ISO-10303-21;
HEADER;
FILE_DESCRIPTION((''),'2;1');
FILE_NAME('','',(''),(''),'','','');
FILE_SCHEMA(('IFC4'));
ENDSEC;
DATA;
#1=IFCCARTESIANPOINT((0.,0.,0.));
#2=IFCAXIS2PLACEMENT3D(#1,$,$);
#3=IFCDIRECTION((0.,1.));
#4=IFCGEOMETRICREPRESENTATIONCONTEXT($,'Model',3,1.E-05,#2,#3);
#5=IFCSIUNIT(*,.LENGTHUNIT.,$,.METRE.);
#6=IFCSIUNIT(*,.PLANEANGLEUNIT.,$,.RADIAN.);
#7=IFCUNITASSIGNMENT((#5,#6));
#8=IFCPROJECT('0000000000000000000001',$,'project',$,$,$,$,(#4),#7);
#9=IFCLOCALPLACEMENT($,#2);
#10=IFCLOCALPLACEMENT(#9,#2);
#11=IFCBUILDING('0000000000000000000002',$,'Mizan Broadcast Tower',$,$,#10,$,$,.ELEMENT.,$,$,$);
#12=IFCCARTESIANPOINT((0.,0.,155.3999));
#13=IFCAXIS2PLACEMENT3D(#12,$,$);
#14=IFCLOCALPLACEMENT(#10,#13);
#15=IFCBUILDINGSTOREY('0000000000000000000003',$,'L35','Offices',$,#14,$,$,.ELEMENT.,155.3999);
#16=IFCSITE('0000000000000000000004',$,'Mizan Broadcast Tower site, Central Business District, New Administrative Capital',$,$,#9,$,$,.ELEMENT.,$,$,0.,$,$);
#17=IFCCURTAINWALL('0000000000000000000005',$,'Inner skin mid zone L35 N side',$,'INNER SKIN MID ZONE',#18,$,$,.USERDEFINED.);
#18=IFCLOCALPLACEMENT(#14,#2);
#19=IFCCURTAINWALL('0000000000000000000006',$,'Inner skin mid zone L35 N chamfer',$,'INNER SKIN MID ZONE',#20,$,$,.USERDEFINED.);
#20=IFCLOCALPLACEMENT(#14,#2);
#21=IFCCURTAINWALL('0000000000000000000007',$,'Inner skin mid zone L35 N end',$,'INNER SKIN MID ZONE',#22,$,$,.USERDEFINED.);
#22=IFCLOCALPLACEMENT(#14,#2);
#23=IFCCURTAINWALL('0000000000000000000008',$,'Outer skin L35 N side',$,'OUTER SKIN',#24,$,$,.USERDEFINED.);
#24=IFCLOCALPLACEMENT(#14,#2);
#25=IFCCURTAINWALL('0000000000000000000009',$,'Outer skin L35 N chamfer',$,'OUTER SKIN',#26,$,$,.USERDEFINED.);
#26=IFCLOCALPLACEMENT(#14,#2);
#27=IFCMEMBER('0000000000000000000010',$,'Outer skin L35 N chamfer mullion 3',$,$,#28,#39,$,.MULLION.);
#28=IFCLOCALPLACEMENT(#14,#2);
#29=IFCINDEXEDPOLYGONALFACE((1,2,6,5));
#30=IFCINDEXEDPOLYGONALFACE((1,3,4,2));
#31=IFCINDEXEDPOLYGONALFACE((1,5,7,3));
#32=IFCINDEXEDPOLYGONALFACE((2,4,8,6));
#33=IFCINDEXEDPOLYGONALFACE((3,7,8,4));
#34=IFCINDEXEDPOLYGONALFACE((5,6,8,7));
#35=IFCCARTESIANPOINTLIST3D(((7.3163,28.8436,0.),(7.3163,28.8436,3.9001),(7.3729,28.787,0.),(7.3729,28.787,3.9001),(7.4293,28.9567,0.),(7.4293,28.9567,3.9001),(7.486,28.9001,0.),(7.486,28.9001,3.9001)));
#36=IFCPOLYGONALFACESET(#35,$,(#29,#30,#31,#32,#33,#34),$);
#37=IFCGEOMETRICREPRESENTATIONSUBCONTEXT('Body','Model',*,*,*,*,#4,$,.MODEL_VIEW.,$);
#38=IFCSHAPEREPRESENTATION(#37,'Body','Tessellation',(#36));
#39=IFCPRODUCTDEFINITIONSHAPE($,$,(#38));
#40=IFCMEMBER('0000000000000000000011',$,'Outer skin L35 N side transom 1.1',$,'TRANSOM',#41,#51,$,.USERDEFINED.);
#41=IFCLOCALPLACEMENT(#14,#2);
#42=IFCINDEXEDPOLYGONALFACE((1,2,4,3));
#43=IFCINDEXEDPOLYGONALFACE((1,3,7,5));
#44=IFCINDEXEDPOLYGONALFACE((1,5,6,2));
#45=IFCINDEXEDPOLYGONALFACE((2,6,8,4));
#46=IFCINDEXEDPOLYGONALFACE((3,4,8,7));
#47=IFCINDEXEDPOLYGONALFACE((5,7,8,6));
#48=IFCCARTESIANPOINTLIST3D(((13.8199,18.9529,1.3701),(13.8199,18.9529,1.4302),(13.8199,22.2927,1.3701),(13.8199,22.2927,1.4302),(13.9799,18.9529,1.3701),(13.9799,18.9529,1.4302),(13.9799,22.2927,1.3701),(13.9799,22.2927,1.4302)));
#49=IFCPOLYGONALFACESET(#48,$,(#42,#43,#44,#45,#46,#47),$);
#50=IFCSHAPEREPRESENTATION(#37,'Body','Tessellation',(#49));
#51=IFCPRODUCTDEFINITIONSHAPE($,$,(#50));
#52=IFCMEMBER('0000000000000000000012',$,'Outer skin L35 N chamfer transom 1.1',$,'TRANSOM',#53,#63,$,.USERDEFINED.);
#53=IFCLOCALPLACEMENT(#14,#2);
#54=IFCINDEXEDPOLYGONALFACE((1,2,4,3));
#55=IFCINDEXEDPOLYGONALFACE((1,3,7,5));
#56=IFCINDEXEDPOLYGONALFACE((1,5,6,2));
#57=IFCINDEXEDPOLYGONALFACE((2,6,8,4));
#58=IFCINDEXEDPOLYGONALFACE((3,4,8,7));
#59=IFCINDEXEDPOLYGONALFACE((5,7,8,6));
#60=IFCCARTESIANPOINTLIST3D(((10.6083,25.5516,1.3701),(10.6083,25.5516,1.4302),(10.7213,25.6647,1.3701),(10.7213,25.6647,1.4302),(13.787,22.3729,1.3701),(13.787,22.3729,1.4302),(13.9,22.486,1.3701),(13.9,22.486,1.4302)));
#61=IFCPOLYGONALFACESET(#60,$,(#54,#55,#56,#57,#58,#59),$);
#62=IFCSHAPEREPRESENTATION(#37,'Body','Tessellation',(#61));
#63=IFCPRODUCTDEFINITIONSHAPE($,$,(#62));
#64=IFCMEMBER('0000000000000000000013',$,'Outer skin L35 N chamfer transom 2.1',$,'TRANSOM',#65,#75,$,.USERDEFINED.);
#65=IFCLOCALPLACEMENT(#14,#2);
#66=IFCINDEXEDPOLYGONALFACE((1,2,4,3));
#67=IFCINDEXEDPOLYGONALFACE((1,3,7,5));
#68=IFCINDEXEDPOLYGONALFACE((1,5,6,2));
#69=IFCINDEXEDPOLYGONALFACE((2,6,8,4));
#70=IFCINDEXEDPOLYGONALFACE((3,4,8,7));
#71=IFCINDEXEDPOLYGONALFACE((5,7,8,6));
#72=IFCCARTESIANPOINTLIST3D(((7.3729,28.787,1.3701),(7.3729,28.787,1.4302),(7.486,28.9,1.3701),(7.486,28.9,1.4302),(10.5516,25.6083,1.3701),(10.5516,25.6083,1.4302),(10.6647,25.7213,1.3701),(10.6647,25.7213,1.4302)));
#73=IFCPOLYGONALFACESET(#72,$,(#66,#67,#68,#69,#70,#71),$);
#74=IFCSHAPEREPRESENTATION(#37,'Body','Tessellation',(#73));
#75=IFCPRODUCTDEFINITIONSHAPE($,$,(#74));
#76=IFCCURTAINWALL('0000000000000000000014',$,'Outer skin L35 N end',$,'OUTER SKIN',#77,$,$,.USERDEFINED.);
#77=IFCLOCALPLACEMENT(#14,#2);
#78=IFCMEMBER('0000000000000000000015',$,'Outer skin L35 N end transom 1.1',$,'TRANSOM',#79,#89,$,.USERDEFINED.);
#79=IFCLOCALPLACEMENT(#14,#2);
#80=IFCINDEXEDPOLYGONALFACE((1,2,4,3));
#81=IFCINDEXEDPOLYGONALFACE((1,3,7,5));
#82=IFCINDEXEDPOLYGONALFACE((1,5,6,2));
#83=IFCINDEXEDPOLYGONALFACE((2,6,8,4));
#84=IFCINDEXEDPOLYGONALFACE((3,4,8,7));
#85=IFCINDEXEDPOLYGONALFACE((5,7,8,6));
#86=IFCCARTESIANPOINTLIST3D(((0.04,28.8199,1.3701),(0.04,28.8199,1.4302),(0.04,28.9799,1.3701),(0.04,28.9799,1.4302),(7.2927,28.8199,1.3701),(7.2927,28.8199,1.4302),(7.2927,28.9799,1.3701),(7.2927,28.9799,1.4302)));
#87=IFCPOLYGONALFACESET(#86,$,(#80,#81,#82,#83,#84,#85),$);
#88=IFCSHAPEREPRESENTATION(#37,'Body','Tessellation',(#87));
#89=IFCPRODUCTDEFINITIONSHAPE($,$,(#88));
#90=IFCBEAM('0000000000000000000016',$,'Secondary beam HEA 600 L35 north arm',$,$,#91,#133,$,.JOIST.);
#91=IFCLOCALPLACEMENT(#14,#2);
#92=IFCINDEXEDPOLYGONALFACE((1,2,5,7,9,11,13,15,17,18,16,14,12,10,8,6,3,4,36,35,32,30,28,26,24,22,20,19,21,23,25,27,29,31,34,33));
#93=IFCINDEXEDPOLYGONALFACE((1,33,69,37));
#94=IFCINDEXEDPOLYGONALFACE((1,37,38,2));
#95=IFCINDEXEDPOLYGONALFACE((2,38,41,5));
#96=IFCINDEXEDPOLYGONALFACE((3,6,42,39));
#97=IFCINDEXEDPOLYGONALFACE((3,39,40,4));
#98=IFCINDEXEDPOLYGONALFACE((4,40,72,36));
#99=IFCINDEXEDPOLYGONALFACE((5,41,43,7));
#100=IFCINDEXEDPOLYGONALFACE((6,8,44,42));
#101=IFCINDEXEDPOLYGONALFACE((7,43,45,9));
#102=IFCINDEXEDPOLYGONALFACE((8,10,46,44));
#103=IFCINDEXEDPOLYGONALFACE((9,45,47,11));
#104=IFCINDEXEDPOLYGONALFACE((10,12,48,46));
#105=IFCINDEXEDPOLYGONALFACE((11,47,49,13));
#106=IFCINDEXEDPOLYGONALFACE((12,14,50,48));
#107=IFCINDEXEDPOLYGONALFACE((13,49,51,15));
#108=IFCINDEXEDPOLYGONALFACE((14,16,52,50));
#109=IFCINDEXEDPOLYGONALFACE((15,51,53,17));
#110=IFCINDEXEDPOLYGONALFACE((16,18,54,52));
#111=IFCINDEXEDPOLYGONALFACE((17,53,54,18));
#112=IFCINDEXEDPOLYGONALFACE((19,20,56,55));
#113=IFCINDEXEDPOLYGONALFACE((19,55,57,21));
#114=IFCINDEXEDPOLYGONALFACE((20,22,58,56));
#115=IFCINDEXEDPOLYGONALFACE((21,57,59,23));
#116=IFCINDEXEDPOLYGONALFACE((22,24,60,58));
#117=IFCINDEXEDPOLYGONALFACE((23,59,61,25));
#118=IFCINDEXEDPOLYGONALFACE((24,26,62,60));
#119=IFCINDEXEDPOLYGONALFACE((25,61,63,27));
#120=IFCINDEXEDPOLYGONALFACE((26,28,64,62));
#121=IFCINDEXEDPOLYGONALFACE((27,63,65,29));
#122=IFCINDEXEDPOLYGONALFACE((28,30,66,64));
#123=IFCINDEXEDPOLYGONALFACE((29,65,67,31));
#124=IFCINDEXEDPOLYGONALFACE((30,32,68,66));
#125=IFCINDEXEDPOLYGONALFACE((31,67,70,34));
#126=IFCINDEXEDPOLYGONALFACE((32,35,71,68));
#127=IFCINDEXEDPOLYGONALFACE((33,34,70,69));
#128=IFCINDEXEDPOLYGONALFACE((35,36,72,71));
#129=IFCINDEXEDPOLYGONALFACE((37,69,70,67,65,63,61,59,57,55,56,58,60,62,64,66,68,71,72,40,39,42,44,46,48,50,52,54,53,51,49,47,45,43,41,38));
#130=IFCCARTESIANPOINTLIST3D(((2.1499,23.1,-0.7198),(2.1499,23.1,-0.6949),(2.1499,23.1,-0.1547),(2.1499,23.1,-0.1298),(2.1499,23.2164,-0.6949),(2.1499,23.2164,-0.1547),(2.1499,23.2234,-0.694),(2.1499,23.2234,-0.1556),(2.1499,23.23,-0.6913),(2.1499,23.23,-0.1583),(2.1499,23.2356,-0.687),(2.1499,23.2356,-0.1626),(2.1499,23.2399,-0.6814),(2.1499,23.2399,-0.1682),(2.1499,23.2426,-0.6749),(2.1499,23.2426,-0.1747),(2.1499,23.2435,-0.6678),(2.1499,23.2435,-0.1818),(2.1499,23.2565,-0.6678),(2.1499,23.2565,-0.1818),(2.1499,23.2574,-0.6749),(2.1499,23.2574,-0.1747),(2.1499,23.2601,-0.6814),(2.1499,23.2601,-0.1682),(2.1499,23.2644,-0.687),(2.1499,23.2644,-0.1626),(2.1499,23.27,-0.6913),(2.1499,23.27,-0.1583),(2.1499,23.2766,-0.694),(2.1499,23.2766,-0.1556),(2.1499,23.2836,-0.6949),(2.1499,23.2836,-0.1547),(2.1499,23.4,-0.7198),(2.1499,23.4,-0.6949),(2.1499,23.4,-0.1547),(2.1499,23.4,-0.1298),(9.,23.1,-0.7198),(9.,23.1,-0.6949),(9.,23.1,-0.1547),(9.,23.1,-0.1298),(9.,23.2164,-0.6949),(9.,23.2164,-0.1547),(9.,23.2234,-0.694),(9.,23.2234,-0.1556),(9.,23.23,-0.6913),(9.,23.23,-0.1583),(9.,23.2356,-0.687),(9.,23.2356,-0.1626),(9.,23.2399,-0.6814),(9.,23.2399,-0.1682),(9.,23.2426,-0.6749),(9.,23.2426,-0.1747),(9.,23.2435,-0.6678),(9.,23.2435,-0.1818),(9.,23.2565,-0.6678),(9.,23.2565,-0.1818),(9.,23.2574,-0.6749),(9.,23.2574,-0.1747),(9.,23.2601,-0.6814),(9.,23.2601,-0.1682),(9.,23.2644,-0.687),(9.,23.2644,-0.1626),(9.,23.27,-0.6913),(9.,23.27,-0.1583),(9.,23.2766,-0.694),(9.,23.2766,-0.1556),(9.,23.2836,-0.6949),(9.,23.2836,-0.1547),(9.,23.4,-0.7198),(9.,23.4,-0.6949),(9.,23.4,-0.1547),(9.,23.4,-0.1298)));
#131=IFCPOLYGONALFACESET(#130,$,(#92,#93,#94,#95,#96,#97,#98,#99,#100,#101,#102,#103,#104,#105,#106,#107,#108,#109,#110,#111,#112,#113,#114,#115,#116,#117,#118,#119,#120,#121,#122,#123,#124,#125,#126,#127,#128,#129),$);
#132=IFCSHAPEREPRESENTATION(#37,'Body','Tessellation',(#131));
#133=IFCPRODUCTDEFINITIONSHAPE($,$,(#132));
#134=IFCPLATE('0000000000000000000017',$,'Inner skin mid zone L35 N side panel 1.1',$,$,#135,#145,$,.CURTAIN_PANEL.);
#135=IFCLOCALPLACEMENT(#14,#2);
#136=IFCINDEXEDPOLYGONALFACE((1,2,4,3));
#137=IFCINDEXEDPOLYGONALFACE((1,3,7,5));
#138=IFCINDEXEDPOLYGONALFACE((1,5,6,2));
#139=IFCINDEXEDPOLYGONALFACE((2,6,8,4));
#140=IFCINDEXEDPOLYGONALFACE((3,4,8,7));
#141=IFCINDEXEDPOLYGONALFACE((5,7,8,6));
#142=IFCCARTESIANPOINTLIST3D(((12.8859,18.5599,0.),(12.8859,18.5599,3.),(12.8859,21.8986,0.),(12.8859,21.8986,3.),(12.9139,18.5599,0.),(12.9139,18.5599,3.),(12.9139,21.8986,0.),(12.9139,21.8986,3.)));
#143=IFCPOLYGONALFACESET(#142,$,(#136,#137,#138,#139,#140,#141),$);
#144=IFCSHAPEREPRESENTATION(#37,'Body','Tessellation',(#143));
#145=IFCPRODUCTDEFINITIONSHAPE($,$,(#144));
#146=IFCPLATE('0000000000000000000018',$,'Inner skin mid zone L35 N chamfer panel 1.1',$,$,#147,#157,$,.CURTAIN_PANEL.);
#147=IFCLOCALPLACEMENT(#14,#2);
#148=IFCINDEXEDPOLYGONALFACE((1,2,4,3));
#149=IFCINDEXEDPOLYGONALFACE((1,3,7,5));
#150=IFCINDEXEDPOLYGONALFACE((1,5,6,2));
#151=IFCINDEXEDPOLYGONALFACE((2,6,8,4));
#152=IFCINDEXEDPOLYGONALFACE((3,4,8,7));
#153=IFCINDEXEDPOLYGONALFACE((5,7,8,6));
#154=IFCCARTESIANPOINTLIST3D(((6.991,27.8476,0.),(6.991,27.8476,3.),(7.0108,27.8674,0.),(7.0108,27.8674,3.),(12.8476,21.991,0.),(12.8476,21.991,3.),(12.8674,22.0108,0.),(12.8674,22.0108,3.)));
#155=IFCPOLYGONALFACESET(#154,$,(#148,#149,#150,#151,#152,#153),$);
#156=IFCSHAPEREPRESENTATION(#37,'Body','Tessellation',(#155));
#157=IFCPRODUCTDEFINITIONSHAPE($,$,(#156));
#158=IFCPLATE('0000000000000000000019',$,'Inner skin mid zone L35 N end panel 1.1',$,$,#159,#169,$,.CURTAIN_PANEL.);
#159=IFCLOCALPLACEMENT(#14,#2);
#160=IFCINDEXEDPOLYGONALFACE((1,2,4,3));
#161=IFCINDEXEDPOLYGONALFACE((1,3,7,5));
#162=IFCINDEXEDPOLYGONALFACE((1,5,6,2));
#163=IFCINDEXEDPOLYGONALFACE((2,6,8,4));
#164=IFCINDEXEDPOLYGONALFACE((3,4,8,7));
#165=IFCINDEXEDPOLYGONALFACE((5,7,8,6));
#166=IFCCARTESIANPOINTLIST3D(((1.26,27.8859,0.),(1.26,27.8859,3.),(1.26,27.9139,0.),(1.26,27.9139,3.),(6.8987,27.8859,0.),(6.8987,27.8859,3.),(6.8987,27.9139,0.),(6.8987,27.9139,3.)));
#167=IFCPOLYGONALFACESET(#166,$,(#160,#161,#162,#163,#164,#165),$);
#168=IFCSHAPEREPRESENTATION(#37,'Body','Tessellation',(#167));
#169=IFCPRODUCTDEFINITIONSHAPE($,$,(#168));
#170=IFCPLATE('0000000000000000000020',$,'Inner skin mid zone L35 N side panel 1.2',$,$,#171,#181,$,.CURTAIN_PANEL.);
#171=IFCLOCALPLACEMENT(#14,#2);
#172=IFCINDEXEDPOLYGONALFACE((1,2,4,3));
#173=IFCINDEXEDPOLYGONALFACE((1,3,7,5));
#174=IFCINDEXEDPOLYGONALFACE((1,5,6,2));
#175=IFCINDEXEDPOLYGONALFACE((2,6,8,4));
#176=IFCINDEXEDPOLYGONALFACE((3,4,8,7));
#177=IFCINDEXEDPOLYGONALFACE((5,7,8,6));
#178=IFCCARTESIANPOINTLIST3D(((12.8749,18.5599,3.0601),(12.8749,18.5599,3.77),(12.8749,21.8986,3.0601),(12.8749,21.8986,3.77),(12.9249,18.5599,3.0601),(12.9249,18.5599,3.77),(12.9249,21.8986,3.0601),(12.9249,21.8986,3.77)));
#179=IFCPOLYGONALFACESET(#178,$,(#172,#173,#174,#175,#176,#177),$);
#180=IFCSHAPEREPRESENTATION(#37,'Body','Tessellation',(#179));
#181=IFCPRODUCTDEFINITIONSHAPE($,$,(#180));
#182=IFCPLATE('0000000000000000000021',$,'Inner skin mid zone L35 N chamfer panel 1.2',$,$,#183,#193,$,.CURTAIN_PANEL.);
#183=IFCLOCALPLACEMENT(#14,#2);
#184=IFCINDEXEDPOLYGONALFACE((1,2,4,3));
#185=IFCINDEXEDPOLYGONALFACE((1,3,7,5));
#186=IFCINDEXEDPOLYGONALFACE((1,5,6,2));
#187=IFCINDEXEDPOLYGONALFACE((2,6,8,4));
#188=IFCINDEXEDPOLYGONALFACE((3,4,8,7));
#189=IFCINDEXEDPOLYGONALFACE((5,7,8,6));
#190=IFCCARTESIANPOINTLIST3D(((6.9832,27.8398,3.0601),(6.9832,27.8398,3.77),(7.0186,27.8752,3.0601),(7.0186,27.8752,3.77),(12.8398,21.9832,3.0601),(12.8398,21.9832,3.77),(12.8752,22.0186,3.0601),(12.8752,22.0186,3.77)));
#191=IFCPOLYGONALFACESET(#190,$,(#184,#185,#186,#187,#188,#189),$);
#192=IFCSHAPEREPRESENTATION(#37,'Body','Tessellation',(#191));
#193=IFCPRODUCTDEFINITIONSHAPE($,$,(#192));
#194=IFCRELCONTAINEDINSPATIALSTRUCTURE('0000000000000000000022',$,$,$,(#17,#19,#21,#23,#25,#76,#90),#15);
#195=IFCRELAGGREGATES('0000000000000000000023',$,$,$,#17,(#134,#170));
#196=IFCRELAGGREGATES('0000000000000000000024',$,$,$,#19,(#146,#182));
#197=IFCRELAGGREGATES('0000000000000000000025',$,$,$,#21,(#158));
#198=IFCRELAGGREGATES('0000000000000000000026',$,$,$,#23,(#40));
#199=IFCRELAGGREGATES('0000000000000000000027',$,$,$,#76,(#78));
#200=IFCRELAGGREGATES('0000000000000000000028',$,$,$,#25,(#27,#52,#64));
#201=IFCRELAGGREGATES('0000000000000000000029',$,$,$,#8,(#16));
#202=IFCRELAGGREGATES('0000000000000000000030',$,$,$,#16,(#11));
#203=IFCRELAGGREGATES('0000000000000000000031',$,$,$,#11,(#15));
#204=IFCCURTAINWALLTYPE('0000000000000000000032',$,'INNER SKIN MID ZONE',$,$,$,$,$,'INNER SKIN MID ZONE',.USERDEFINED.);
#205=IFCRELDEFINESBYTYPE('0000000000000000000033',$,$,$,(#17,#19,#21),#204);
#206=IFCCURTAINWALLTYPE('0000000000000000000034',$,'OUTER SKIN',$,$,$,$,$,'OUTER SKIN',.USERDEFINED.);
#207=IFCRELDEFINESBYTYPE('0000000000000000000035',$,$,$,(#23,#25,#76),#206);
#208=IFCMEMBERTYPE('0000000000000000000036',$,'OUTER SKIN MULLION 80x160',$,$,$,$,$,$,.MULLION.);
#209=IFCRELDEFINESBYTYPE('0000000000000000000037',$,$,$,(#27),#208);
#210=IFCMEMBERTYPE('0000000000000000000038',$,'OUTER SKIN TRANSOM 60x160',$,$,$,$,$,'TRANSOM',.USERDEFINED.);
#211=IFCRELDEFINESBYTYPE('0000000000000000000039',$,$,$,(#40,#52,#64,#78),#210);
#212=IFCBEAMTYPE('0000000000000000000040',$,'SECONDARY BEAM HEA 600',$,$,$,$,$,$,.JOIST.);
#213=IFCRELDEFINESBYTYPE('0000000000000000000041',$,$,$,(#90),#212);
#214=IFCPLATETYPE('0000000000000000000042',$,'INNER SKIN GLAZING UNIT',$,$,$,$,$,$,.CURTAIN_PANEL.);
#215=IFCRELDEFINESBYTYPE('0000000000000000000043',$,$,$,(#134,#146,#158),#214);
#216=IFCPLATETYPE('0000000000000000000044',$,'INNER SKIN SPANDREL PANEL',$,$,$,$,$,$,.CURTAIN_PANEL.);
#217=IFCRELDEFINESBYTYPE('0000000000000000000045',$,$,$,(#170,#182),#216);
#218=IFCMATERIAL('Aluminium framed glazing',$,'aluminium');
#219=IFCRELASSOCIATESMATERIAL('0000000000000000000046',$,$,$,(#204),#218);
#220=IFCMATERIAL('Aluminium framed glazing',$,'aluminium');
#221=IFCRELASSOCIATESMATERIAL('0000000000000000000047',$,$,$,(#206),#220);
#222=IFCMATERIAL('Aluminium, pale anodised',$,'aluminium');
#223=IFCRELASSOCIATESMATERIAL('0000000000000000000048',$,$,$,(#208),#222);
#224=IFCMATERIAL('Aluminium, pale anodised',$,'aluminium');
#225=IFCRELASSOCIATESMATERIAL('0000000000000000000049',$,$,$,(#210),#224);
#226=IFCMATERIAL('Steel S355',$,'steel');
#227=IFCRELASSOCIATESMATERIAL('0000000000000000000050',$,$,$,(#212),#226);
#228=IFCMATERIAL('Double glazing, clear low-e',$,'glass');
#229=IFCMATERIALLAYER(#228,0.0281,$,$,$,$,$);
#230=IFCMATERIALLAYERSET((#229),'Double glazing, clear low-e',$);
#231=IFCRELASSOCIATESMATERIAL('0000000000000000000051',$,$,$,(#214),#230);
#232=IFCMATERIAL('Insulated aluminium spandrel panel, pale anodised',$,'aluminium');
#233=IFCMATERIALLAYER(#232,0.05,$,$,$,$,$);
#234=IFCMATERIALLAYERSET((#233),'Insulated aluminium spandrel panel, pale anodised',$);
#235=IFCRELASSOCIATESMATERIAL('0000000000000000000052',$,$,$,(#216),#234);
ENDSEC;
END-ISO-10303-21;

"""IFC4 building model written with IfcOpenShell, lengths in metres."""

from ifc_helpers import new_model, si_unit, direction, frame, origin, origin_2d, place, context, subcontext, project, spatial, rectangle, i_section, extrude, material, layer, layer_set, material_profile, profile_set, type_object, element, aggregate, save


model = new_model("IFC4")

# Units and contexts
model_context = context("Model", 3, precision=1e-05, world=origin(), true_north=direction((0.0, 1.0)))
body_context = subcontext(model_context, "Body", "Model", "MODEL_VIEW")
ifc_project = project(units=[si_unit("LENGTHUNIT", "METRE"), si_unit("PLANEANGLEUNIT", "RADIAN")], contexts=[model_context])

# Site, building, storey
site_placement = place(None, origin())
site = spatial("IfcSite", under=ifc_project, at=site_placement, Name="Mizan Broadcast Tower site, Central Business District, New Administrative Capital", CompositionType="ELEMENT", RefElevation=0.0)
building_placement = place(site_placement, origin())
building = spatial("IfcBuilding", under=site, at=building_placement, Name="Mizan Broadcast Tower", CompositionType="ELEMENT")
storey_placement = place(building_placement, frame((0.0, 0.0, 155.3999)))
storey = spatial("IfcBuildingStorey", under=building, at=storey_placement, Name="L35", Description="Offices", CompositionType="ELEMENT", Elevation=155.3999)

# Curtain walls
ifc_material_1 = material(Name="Aluminium framed glazing", Category="aluminium")
curtain_wall_type_1 = type_object("IfcCurtainWallType", Name="INNER SKIN MID ZONE", ElementType="INNER SKIN MID ZONE", PredefinedType="USERDEFINED", material=ifc_material_1)
curtain_wall_1_placement = place(storey_placement, origin())
curtain_wall_1 = element("IfcCurtainWall", 1, at=curtain_wall_1_placement, inside=storey, type_object=curtain_wall_type_1, Name="Inner skin mid zone L35 N side", ObjectType="INNER SKIN MID ZONE", PredefinedType="USERDEFINED")
curtain_wall_2_placement = place(storey_placement, origin())
curtain_wall_2 = element("IfcCurtainWall", 2, at=curtain_wall_2_placement, inside=storey, type_object=curtain_wall_type_1, Name="Inner skin mid zone L35 N chamfer", ObjectType="INNER SKIN MID ZONE", PredefinedType="USERDEFINED")
curtain_wall_3_placement = place(storey_placement, origin())
curtain_wall_3 = element("IfcCurtainWall", 3, at=curtain_wall_3_placement, inside=storey, type_object=curtain_wall_type_1, Name="Inner skin mid zone L35 N end", ObjectType="INNER SKIN MID ZONE", PredefinedType="USERDEFINED")

# Curtain wall
ifc_material_2 = material(Name="Aluminium framed glazing", Category="aluminium")
curtain_wall_type_2 = type_object("IfcCurtainWallType", Name="OUTER SKIN", ElementType="OUTER SKIN", PredefinedType="USERDEFINED", material=ifc_material_2)
curtain_wall_4_placement = place(storey_placement, origin())
curtain_wall_4 = element("IfcCurtainWall", 4, at=curtain_wall_4_placement, inside=storey, type_object=curtain_wall_type_2, Name="Outer skin L35 N side", ObjectType="OUTER SKIN", PredefinedType="USERDEFINED")
ifc_material_3 = material(Name="Aluminium, pale anodised", Category="aluminium")
ifc_material_profile_1 = material_profile(ifc_material_3, rectangle(XDim=0.1599, YDim=0.0801, at=origin_2d()), Name="MULLION 160x80")
ifc_profile_set_1 = profile_set([ifc_material_profile_1], Name="Aluminium, pale anodised")
member_type_1 = type_object("IfcMemberType", Name="OUTER SKIN MULLION 80x160", PredefinedType="MULLION", material=ifc_profile_set_1)

# Curtain wall, member
curtain_wall_5_placement = place(storey_placement, origin())
curtain_wall_5 = element("IfcCurtainWall", 5, at=curtain_wall_5_placement, inside=storey, type_object=curtain_wall_type_2, Name="Outer skin L35 N chamfer", ObjectType="OUTER SKIN", PredefinedType="USERDEFINED")
member_1_placement = place(storey_placement, frame((7.4011, 28.8718, 0.0), z_axis=(0.0, 0.0, 1.0), x_axis=(-0.707107, -0.707107, 0.0)))
member_1 = element("IfcMember", 6, at=member_1_placement, type_object=member_type_1, Name="Outer skin L35 N chamfer mullion 3", PredefinedType="MULLION", context=body_context, shape_type="SweptSolid", body=[
    extrude(rectangle(XDim=0.1599, YDim=0.0801, at=origin_2d()), origin(), (0.0, 0.0, 1.0), 3.9001),
])

# Members
ifc_material_4 = material(Name="Aluminium, pale anodised", Category="aluminium")
ifc_material_profile_2 = material_profile(ifc_material_4, rectangle(XDim=0.1599, YDim=0.0601, at=origin_2d()), Name="TRANSOM 160x60")
ifc_profile_set_2 = profile_set([ifc_material_profile_2], Name="Aluminium, pale anodised")
member_type_2 = type_object("IfcMemberType", Name="OUTER SKIN TRANSOM 60x160", ElementType="TRANSOM", PredefinedType="USERDEFINED", material=ifc_profile_set_2)
member_2_placement = place(storey_placement, frame((13.8999, 18.9529, 1.4001), z_axis=(0.0, 1.0, 0.0), x_axis=(-1.0, 0.0, 0.0)))
member_2 = element("IfcMember", 7, at=member_2_placement, type_object=member_type_2, Name="Outer skin L35 N side transom 1.1", ObjectType="TRANSOM", PredefinedType="USERDEFINED", context=body_context, shape_type="SweptSolid", body=[
    extrude(rectangle(XDim=0.1599, YDim=0.0601, at=origin_2d()), origin(), (0.0, 0.0, 1.0), 3.3398),
])
member_3_placement = place(storey_placement, frame((13.8435, 22.4294, 1.4001), z_axis=(-0.707107, 0.707107, 0.0), x_axis=(-0.707107, -0.707107, 0.0)))
member_3 = element("IfcMember", 8, at=member_3_placement, type_object=member_type_2, Name="Outer skin L35 N chamfer transom 1.1", ObjectType="TRANSOM", PredefinedType="USERDEFINED", context=body_context, shape_type="SweptSolid", body=[
    extrude(rectangle(XDim=0.1599, YDim=0.0601, at=origin_2d()), origin(), (0.0, 0.0, 1.0), 4.4954),
])
member_4_placement = place(storey_placement, frame((10.6082, 25.6648, 1.4001), z_axis=(-0.707107, 0.707107, 0.0), x_axis=(-0.707107, -0.707107, 0.0)))
member_4 = element("IfcMember", 9, at=member_4_placement, type_object=member_type_2, Name="Outer skin L35 N chamfer transom 2.1", ObjectType="TRANSOM", PredefinedType="USERDEFINED", context=body_context, shape_type="SweptSolid", body=[
    extrude(rectangle(XDim=0.1599, YDim=0.0601, at=origin_2d()), origin(), (0.0, 0.0, 1.0), 4.4954),
])

# Curtain wall, member
curtain_wall_6_placement = place(storey_placement, origin())
curtain_wall_6 = element("IfcCurtainWall", 10, at=curtain_wall_6_placement, inside=storey, type_object=curtain_wall_type_2, Name="Outer skin L35 N end", ObjectType="OUTER SKIN", PredefinedType="USERDEFINED")
member_5_placement = place(storey_placement, frame((7.2927, 28.8999, 1.4001), z_axis=(-1.0, 0.0, 0.0), x_axis=(0.0, -1.0, 0.0)))
member_5 = element("IfcMember", 11, at=member_5_placement, type_object=member_type_2, Name="Outer skin L35 N end transom 1.1", ObjectType="TRANSOM", PredefinedType="USERDEFINED", context=body_context, shape_type="SweptSolid", body=[
    extrude(rectangle(XDim=0.1599, YDim=0.0601, at=origin_2d()), origin(), (0.0, 0.0, 1.0), 7.2527),
])

# Beam
ifc_material_5 = material(Name="Steel S355", Category="steel")
ifc_material_profile_3 = material_profile(ifc_material_5, i_section(OverallWidth=0.3, OverallDepth=0.5901, WebThickness=0.0129, FlangeThickness=0.0249, FilletRadius=0.0271, at=origin_2d()), Name="HEA 600")
ifc_profile_set_3 = profile_set([ifc_material_profile_3], Name="Steel S355")
beam_type_1 = type_object("IfcBeamType", Name="SECONDARY BEAM HEA 600", PredefinedType="JOIST", material=ifc_profile_set_3)
beam_1_placement = place(storey_placement, frame((9.0, 23.25, -0.4248), z_axis=(-1.0, 0.0, 0.0), x_axis=(0.0, -1.0, 0.0)))
element("IfcBeam", 12, at=beam_1_placement, inside=storey, type_object=beam_type_1, Name="Secondary beam HEA 600 L35 north arm", PredefinedType="JOIST", context=body_context, shape_type="SweptSolid", body=[
    extrude(i_section(OverallWidth=0.3, OverallDepth=0.5901, WebThickness=0.0129, FlangeThickness=0.0249, FilletRadius=0.0271, at=origin_2d()), origin(), (0.0, 0.0, 1.0), 6.8501),
])

# Plates
ifc_material_6 = material(Name="Double glazing, clear low-e", Category="glass")
ifc_layer_1 = layer(ifc_material_6, 0.0281)
ifc_layer_set_1 = layer_set([ifc_layer_1], Name="Double glazing, clear low-e")
plate_type_1 = type_object("IfcPlateType", Name="INNER SKIN GLAZING UNIT", PredefinedType="CURTAIN_PANEL", material=ifc_layer_set_1)
plate_1_placement = place(storey_placement, frame((12.8999, 20.2292, 0.0), z_axis=(0.0, 0.0, 1.0), x_axis=(0.0, 1.0, 0.0)))
plate_1 = element("IfcPlate", 13, at=plate_1_placement, type_object=plate_type_1, Name="Inner skin mid zone L35 N side panel 1.1", PredefinedType="CURTAIN_PANEL", context=body_context, shape_type="SweptSolid", body=[
    extrude(rectangle(XDim=3.3386, YDim=0.0281, at=origin_2d()), origin(), (0.0, 0.0, 1.0), 3.0),
])
plate_2_placement = place(storey_placement, frame((9.9292, 24.9292, 0.0), z_axis=(0.0, 0.0, 1.0), x_axis=(-0.707107, 0.707107, 0.0)))
plate_2 = element("IfcPlate", 14, at=plate_2_placement, type_object=plate_type_1, Name="Inner skin mid zone L35 N chamfer panel 1.1", PredefinedType="CURTAIN_PANEL", context=body_context, shape_type="SweptSolid", body=[
    extrude(rectangle(XDim=8.2825, YDim=0.0281, at=origin_2d()), origin(), (0.0, 0.0, 1.0), 3.0),
])
plate_3_placement = place(storey_placement, frame((4.0793, 27.8999, 0.0), z_axis=(0.0, 0.0, 1.0), x_axis=(-1.0, 0.0, 0.0)))
plate_3 = element("IfcPlate", 15, at=plate_3_placement, type_object=plate_type_1, Name="Inner skin mid zone L35 N end panel 1.1", PredefinedType="CURTAIN_PANEL", context=body_context, shape_type="SweptSolid", body=[
    extrude(rectangle(XDim=5.6387, YDim=0.0281, at=origin_2d()), origin(), (0.0, 0.0, 1.0), 3.0),
])
ifc_material_7 = material(Name="Insulated aluminium spandrel panel, pale anodised", Category="aluminium")
ifc_layer_2 = layer(ifc_material_7, 0.05)
ifc_layer_set_2 = layer_set([ifc_layer_2], Name="Insulated aluminium spandrel panel, pale anodised")
plate_type_2 = type_object("IfcPlateType", Name="INNER SKIN SPANDREL PANEL", PredefinedType="CURTAIN_PANEL", material=ifc_layer_set_2)
plate_4_placement = place(storey_placement, frame((12.8999, 20.2292, 3.0601), z_axis=(0.0, 0.0, 1.0), x_axis=(0.0, 1.0, 0.0)))
plate_4 = element("IfcPlate", 16, at=plate_4_placement, type_object=plate_type_2, Name="Inner skin mid zone L35 N side panel 1.2", PredefinedType="CURTAIN_PANEL", context=body_context, shape_type="SweptSolid", body=[
    extrude(rectangle(XDim=3.3386, YDim=0.05, at=origin_2d()), origin(), (0.0, 0.0, 1.0), 0.71),
])
aggregate(curtain_wall_1, [plate_1, plate_4])
plate_5_placement = place(storey_placement, frame((9.9292, 24.9292, 3.0601), z_axis=(0.0, 0.0, 1.0), x_axis=(-0.707107, 0.707107, 0.0)))
plate_5 = element("IfcPlate", 17, at=plate_5_placement, type_object=plate_type_2, Name="Inner skin mid zone L35 N chamfer panel 1.2", PredefinedType="CURTAIN_PANEL", context=body_context, shape_type="SweptSolid", body=[
    extrude(rectangle(XDim=8.2825, YDim=0.05, at=origin_2d()), origin(), (0.0, 0.0, 1.0), 0.71),
])
aggregate(curtain_wall_2, [plate_2, plate_5])
aggregate(curtain_wall_3, [plate_3])
aggregate(curtain_wall_4, [member_2])
aggregate(curtain_wall_6, [member_5])
aggregate(curtain_wall_5, [member_1, member_3, member_4])

save(model, "model.ifc")
